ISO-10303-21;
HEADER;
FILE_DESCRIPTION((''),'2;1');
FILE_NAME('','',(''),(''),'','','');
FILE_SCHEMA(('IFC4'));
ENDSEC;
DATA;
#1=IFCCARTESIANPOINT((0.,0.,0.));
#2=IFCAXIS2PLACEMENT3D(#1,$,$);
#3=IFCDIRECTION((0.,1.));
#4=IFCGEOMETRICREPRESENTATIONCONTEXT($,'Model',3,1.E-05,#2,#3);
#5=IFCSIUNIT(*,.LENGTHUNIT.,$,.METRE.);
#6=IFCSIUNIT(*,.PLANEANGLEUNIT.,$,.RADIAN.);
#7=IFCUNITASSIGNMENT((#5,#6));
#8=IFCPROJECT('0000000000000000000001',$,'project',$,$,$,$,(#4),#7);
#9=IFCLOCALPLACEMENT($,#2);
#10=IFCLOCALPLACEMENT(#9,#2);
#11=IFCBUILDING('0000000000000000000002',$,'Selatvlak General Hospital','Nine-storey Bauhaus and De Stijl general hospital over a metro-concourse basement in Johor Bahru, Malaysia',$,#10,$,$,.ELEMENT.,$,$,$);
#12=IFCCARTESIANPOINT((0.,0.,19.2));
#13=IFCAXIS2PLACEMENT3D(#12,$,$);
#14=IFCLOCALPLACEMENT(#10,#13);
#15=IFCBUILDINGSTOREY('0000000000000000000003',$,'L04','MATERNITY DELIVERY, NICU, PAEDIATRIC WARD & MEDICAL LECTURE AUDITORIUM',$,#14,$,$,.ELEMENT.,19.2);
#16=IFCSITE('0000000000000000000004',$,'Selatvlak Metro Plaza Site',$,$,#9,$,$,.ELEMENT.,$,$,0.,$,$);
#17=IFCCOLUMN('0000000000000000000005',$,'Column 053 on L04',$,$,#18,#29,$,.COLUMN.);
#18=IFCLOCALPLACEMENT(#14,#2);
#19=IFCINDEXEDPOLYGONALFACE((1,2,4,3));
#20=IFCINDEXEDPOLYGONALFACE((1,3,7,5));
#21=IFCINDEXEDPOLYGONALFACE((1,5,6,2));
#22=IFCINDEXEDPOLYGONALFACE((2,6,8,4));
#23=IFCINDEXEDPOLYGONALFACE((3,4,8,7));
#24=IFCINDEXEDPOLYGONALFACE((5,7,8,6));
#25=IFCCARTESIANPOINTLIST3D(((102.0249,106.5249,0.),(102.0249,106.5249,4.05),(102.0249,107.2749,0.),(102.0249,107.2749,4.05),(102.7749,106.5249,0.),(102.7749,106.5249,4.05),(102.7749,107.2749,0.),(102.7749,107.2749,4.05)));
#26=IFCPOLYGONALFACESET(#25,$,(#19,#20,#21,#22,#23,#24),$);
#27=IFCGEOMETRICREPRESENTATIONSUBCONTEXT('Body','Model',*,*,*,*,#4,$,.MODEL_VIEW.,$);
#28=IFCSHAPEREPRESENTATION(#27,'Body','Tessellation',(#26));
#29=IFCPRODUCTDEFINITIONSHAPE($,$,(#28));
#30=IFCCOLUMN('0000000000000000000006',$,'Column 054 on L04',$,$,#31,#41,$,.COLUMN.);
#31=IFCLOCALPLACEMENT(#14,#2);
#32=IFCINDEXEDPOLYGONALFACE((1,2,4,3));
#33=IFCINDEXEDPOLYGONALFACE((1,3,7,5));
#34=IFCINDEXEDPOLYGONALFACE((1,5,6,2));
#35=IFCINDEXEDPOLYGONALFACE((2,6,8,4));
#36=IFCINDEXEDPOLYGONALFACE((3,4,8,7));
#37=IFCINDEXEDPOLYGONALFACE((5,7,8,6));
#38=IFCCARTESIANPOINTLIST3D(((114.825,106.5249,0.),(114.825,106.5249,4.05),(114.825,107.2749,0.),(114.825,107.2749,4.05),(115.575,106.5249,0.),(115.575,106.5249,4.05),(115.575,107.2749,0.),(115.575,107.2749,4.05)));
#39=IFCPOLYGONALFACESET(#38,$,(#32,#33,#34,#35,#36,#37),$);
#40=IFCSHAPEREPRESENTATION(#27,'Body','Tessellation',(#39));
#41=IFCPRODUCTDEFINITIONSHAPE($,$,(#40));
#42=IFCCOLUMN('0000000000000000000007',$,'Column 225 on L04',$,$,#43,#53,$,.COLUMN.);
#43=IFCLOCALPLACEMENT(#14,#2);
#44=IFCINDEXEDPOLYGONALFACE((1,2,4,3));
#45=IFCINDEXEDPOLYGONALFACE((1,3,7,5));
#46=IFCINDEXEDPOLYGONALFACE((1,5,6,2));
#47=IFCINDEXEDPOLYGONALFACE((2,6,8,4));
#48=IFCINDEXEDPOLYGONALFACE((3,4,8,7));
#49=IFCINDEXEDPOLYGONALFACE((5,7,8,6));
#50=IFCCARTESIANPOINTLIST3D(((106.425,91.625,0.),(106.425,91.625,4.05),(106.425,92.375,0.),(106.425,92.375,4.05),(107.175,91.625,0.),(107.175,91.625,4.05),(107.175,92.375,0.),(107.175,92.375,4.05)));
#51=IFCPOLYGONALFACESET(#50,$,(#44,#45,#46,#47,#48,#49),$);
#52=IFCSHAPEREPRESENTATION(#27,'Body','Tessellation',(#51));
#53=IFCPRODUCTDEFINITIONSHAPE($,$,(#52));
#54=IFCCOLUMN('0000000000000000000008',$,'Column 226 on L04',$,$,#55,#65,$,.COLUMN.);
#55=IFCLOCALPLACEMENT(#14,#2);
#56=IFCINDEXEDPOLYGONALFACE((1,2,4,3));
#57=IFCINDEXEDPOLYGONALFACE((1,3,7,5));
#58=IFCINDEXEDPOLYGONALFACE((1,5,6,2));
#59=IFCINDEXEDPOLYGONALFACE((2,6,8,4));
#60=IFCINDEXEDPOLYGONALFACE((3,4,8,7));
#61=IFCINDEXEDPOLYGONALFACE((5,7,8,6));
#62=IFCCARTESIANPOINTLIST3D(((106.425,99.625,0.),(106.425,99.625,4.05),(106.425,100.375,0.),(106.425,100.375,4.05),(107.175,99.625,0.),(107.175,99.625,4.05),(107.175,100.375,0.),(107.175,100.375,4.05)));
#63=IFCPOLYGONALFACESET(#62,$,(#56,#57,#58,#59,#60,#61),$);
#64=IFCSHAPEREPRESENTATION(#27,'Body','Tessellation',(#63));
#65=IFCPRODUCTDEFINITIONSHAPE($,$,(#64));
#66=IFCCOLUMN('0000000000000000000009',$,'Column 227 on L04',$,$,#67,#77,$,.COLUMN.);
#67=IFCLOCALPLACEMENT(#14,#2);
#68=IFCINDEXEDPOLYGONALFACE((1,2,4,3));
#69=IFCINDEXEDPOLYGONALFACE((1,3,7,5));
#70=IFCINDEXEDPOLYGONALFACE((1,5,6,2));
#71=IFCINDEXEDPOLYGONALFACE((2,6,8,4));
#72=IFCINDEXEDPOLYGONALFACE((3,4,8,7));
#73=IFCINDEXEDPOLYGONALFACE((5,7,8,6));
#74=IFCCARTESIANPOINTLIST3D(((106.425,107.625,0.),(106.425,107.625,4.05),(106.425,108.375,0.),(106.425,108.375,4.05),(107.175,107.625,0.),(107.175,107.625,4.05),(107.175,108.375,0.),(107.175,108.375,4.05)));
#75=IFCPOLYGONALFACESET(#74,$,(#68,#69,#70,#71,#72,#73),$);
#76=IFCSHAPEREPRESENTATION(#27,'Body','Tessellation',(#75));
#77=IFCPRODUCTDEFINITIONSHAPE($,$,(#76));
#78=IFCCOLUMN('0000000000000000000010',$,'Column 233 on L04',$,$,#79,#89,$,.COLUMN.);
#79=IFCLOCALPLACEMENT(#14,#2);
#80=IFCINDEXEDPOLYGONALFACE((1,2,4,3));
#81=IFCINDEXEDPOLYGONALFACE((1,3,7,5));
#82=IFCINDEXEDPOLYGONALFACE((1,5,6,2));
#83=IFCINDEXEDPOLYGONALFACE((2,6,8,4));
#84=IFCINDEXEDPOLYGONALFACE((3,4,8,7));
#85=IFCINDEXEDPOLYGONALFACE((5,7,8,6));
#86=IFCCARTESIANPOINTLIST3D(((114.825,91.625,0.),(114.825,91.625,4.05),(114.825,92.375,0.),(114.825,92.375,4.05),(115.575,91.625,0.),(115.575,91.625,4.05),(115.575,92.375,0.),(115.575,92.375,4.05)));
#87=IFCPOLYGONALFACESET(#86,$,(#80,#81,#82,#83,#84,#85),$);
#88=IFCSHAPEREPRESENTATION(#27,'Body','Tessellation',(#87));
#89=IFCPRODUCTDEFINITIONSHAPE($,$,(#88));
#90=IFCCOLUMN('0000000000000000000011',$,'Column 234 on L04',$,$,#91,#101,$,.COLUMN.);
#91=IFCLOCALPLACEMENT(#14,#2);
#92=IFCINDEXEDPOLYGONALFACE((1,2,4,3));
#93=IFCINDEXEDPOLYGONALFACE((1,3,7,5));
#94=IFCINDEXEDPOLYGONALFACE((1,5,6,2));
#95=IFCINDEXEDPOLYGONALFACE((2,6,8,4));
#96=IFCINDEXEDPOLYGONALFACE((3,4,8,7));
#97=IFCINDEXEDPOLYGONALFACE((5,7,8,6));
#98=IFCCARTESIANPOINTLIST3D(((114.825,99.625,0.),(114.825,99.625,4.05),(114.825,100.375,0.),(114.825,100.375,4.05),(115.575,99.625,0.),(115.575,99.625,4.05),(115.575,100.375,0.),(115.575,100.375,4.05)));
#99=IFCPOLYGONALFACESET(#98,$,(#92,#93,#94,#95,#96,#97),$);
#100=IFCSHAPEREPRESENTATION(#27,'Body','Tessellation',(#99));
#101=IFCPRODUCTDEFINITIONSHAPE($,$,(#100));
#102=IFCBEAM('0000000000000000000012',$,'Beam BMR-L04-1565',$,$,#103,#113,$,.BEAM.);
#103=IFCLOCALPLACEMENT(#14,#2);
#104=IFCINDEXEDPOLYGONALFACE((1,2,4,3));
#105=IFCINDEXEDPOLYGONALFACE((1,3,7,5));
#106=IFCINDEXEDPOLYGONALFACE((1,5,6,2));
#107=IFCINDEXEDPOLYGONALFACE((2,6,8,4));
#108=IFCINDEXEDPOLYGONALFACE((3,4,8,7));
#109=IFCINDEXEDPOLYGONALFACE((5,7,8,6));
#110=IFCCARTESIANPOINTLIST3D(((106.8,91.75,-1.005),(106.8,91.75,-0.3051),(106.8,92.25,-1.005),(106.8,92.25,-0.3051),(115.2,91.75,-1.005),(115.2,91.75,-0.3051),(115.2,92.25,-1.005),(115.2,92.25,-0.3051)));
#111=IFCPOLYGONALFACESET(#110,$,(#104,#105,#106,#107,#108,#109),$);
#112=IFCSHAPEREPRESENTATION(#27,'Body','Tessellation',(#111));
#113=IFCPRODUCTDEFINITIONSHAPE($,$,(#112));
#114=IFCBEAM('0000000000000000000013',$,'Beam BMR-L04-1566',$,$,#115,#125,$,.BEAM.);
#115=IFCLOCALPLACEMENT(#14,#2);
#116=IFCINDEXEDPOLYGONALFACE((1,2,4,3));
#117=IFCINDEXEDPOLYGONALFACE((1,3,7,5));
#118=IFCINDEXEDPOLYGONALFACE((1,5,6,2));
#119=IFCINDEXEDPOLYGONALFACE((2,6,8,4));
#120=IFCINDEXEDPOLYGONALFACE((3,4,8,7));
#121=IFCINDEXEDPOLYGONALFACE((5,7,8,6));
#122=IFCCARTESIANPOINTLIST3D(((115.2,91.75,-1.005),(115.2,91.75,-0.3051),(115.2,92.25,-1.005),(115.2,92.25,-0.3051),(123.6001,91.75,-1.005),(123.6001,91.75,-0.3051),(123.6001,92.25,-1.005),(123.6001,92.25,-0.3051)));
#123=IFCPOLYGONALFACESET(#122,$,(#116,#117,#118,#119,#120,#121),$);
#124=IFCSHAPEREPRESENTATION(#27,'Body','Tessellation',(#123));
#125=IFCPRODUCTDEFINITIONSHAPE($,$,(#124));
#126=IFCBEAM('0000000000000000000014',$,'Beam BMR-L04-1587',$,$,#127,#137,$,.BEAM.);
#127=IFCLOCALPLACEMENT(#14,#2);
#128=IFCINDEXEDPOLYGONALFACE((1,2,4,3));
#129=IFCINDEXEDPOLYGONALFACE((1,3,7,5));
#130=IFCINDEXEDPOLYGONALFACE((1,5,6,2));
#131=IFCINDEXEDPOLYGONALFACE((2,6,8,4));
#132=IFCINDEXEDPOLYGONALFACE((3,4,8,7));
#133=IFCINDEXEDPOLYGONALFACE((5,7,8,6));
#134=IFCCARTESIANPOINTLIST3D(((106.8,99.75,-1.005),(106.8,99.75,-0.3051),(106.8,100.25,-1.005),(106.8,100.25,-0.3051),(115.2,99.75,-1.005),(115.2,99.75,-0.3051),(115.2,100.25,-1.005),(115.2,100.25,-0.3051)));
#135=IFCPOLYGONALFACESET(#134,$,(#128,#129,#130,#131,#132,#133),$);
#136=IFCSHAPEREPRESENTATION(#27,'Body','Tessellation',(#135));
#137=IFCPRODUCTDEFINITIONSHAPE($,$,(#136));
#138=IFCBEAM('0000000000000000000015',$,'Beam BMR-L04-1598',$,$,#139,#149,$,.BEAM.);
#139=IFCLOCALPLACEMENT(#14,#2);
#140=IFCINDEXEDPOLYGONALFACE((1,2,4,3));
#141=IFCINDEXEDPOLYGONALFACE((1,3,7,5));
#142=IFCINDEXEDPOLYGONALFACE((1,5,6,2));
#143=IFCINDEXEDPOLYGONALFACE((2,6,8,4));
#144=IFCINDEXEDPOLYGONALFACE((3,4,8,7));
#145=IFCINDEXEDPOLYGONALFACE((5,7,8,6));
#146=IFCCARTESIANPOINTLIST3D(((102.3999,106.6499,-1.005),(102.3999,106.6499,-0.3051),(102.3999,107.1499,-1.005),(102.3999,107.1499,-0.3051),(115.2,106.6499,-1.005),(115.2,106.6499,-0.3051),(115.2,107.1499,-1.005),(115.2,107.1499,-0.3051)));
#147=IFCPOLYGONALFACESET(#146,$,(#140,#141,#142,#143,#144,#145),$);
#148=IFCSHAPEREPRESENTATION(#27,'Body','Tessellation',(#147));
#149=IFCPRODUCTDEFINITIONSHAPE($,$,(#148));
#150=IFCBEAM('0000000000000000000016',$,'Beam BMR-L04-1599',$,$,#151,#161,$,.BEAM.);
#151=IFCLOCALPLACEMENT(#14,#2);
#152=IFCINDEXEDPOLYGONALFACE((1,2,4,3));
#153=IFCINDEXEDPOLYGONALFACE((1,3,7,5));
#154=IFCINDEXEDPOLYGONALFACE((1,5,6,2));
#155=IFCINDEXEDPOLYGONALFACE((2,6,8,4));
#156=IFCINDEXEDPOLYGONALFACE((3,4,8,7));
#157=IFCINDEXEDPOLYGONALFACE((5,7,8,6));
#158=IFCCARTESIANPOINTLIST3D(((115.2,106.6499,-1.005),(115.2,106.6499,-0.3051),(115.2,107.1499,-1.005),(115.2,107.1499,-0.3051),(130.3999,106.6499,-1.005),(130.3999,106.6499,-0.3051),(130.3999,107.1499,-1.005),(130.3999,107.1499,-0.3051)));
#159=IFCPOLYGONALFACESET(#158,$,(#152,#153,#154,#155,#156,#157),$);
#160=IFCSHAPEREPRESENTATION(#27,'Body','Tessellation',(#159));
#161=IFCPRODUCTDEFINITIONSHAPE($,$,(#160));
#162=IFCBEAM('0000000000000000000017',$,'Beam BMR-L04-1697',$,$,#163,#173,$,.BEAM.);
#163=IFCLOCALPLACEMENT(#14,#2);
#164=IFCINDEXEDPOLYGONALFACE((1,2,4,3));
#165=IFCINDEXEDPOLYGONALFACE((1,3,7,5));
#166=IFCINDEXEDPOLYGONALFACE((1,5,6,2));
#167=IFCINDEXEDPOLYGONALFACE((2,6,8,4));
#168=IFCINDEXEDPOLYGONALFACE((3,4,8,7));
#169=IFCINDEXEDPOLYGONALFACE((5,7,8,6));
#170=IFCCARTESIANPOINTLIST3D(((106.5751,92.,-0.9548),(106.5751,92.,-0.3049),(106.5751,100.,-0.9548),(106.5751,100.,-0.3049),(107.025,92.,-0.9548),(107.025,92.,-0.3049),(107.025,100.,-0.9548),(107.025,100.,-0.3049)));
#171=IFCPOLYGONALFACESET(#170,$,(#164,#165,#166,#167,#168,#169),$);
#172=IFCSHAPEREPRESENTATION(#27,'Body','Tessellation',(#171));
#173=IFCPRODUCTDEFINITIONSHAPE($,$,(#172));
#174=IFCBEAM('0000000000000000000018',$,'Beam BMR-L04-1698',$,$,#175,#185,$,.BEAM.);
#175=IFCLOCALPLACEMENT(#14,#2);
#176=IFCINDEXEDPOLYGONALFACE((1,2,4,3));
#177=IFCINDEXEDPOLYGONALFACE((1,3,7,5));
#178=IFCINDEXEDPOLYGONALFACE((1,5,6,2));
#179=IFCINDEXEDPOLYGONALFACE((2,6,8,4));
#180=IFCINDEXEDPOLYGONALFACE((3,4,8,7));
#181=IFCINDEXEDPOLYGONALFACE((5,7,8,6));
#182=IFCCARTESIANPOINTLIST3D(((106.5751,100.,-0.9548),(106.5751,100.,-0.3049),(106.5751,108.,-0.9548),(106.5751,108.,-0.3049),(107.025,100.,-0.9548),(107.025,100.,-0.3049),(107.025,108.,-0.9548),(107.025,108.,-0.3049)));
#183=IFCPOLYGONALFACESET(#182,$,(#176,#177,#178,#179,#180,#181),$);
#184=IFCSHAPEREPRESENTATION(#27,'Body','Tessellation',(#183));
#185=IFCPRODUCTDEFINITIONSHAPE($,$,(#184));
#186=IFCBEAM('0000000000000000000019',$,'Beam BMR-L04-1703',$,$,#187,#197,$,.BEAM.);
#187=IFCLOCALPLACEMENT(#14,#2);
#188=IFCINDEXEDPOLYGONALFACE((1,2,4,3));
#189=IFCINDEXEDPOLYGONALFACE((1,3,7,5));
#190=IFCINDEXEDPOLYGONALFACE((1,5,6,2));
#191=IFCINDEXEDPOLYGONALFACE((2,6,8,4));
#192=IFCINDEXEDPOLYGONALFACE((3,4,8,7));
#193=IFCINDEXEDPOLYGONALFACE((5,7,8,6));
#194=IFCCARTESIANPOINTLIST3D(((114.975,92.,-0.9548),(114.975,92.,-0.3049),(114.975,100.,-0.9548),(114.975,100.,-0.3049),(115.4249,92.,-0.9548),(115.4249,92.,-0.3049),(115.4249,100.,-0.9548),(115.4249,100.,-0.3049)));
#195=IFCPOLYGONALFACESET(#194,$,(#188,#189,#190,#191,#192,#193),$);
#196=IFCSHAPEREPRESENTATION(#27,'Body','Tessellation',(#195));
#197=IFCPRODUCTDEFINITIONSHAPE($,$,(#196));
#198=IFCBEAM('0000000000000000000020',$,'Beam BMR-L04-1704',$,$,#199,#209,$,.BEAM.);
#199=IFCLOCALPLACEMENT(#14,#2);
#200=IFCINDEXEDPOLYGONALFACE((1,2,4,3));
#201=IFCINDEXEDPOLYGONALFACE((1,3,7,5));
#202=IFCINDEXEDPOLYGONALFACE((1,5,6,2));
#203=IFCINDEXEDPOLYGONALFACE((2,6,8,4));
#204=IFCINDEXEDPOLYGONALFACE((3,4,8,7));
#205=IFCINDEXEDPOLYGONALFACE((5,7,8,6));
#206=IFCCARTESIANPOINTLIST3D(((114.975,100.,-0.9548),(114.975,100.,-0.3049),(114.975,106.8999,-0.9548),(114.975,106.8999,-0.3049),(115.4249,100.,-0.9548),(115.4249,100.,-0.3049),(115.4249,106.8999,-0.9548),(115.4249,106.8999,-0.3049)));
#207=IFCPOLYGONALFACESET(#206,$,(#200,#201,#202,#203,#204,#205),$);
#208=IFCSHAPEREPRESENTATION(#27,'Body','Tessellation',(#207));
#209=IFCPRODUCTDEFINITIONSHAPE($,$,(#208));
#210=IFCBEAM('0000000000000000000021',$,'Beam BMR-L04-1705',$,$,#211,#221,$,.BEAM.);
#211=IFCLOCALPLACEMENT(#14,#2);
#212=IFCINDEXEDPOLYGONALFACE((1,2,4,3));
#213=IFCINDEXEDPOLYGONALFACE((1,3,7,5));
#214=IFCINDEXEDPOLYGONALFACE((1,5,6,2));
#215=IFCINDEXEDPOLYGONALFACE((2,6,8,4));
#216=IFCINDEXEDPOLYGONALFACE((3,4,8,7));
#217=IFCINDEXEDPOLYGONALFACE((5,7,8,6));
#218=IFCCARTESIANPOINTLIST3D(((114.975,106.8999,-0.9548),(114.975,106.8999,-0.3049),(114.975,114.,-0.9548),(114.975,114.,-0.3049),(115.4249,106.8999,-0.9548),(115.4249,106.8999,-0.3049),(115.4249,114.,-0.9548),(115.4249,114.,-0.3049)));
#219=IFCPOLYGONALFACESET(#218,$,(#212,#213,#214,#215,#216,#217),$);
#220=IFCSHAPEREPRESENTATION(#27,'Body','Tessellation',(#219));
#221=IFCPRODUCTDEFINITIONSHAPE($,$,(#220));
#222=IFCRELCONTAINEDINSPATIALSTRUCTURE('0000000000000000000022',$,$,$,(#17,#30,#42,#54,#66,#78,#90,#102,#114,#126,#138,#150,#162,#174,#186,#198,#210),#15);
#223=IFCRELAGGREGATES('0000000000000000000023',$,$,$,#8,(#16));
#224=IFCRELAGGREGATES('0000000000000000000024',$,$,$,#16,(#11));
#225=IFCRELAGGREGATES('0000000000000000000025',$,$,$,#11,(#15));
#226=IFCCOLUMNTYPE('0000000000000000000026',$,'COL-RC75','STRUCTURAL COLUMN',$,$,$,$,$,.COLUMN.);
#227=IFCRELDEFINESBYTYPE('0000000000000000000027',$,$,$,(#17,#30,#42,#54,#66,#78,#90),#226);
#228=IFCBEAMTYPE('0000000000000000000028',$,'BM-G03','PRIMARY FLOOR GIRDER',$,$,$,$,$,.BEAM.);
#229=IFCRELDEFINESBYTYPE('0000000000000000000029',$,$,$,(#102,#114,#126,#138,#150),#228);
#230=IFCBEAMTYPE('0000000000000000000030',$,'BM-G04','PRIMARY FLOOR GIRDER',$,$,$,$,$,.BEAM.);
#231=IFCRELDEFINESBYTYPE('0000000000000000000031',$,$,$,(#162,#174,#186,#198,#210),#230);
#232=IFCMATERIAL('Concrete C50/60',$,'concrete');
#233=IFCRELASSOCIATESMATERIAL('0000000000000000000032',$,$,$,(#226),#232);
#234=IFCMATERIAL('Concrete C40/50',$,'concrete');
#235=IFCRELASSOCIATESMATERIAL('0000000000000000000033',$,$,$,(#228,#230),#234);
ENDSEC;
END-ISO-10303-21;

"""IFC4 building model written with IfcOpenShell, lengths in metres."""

from ifc_helpers import new_model, si_unit, direction, frame, origin, origin_2d, place, context, subcontext, project, spatial, rectangle, extrude, material, material_profile, profile_set, type_object, element, save


model = new_model("IFC4")

# Units and contexts
model_context = context("Model", 3, precision=1e-05, world=origin(), true_north=direction((0.0, 1.0)))
body_context = subcontext(model_context, "Body", "Model", "MODEL_VIEW")
ifc_project = project(units=[si_unit("LENGTHUNIT", "METRE"), si_unit("PLANEANGLEUNIT", "RADIAN")], contexts=[model_context])

# Site, building, storey
site_placement = place(None, origin())
site = spatial("IfcSite", under=ifc_project, at=site_placement, Name="Selatvlak Metro Plaza Site", CompositionType="ELEMENT", RefElevation=0.0)
building_placement = place(site_placement, origin())
building = spatial("IfcBuilding", under=site, at=building_placement, Name="Selatvlak General Hospital", Description="Nine-storey Bauhaus and De Stijl general hospital over a metro-concourse basement in Johor Bahru, Malaysia", CompositionType="ELEMENT")
storey_placement = place(building_placement, frame((0.0, 0.0, 19.2)))
storey = spatial("IfcBuildingStorey", under=building, at=storey_placement, Name="L04", Description="MATERNITY DELIVERY, NICU, PAEDIATRIC WARD & MEDICAL LECTURE AUDITORIUM", CompositionType="ELEMENT", Elevation=19.2)

# Columns
ifc_material_1 = material(Name="Concrete C50/60", Category="concrete")
ifc_material_profile_1 = material_profile(ifc_material_1, rectangle(XDim=0.75, YDim=0.75, at=origin_2d()), Name="RC-COL 750x750")
ifc_profile_set_1 = profile_set([ifc_material_profile_1], Name="Concrete C50/60")
column_type = type_object("IfcColumnType", Name="COL-RC75", Description="STRUCTURAL COLUMN", PredefinedType="COLUMN", material=ifc_profile_set_1)
for number, where, z_axis, x_axis, name in (
    (1, (102.3999, 106.8999, 0.0), (0.0, 0.0, 1.0), (1.0, 0.0, 0.0), "Column 053 on L04"),
    (2, (115.2, 106.8999, 0.0), (0.0, 0.0, 1.0), (1.0, 0.0, 0.0), "Column 054 on L04"),
    (3, (106.8, 92.0, 0.0), (0.0, 0.0, 1.0), (1.0, 0.0, 0.0), "Column 225 on L04"),
    (4, (106.8, 100.0, 0.0), (0.0, 0.0, 1.0), (1.0, 0.0, 0.0), "Column 226 on L04"),
    (5, (106.8, 108.0, 0.0), (0.0, 0.0, 1.0), (1.0, 0.0, 0.0), "Column 227 on L04"),
    (6, (115.2, 92.0, 0.0), (0.0, 0.0, 1.0), (1.0, 0.0, 0.0), "Column 233 on L04"),
    (7, (115.2, 100.0, 0.0), (0.0, 0.0, 1.0), (1.0, 0.0, 0.0), "Column 234 on L04"),
):
    element("IfcColumn", number, at=place(storey_placement, frame(where, z_axis=z_axis, x_axis=x_axis)), inside=storey, type_object=column_type, Name=name, PredefinedType="COLUMN", context=body_context, shape_type="SweptSolid", body=[
        extrude(rectangle(XDim=0.75, YDim=0.75, at=origin_2d()), origin(), (0.0, 0.0, 1.0), 4.05),
    ])

# Beams
ifc_material_2 = material(Name="Concrete C40/50", Category="concrete")
ifc_material_profile_2 = material_profile(ifc_material_2, rectangle(XDim=0.5, YDim=0.7, at=origin_2d()), Name="RC-BM 500x700")
ifc_profile_set_2 = profile_set([ifc_material_profile_2], Name="Concrete C40/50")
beam_type_1 = type_object("IfcBeamType", Name="BM-G03", Description="PRIMARY FLOOR GIRDER", PredefinedType="BEAM", material=ifc_profile_set_2)
beam_1_placement = place(storey_placement, frame((106.8, 92.0, -0.655), z_axis=(1.0, 0.0, 0.0), x_axis=(0.0, 1.0, 0.0)))
element("IfcBeam", 8, at=beam_1_placement, inside=storey, type_object=beam_type_1, Name="Beam BMR-L04-1565", PredefinedType="BEAM", context=body_context, shape_type="SweptSolid", body=[
    extrude(rectangle(XDim=0.5, YDim=0.7, at=origin_2d()), origin(), (0.0, 0.0, 1.0), 8.3999),
])
beam_2_placement = place(storey_placement, frame((115.2, 92.0, -0.655), z_axis=(1.0, 0.0, 0.0), x_axis=(0.0, 1.0, 0.0)))
element("IfcBeam", 9, at=beam_2_placement, inside=storey, type_object=beam_type_1, Name="Beam BMR-L04-1566", PredefinedType="BEAM", context=body_context, shape_type="SweptSolid", body=[
    extrude(rectangle(XDim=0.5, YDim=0.7, at=origin_2d()), origin(), (0.0, 0.0, 1.0), 8.4001),
])
beam_3_placement = place(storey_placement, frame((106.8, 100.0, -0.655), z_axis=(1.0, 0.0, 0.0), x_axis=(0.0, 1.0, 0.0)))
element("IfcBeam", 10, at=beam_3_placement, inside=storey, type_object=beam_type_1, Name="Beam BMR-L04-1587", PredefinedType="BEAM", context=body_context, shape_type="SweptSolid", body=[
    extrude(rectangle(XDim=0.5, YDim=0.7, at=origin_2d()), origin(), (0.0, 0.0, 1.0), 8.3999),
])
beam_4_placement = place(storey_placement, frame((102.3999, 106.8999, -0.655), z_axis=(1.0, 0.0, 0.0), x_axis=(0.0, 1.0, 0.0)))
element("IfcBeam", 11, at=beam_4_placement, inside=storey, type_object=beam_type_1, Name="Beam BMR-L04-1598", PredefinedType="BEAM", context=body_context, shape_type="SweptSolid", body=[
    extrude(rectangle(XDim=0.5, YDim=0.7, at=origin_2d()), origin(), (0.0, 0.0, 1.0), 12.8),
])
beam_5_placement = place(storey_placement, frame((115.2, 106.8999, -0.655), z_axis=(1.0, 0.0, 0.0), x_axis=(0.0, 1.0, 0.0)))
element("IfcBeam", 12, at=beam_5_placement, inside=storey, type_object=beam_type_1, Name="Beam BMR-L04-1599", PredefinedType="BEAM", context=body_context, shape_type="SweptSolid", body=[
    extrude(rectangle(XDim=0.5, YDim=0.7, at=origin_2d()), origin(), (0.0, 0.0, 1.0), 15.2),
])
ifc_material_profile_3 = material_profile(ifc_material_2, rectangle(XDim=0.45, YDim=0.6499, at=origin_2d()), Name="RC-BM 450x650")
ifc_profile_set_3 = profile_set([ifc_material_profile_3], Name="Concrete C40/50")
beam_type_2 = type_object("IfcBeamType", Name="BM-G04", Description="PRIMARY FLOOR GIRDER", PredefinedType="BEAM", material=ifc_profile_set_3)
for number, where, z_axis, x_axis, name in (
    (13, (106.8, 92.0, -0.6299), (0.0, 1.0, 0.0), (-1.0, 0.0, 0.0), "Beam BMR-L04-1697"),
    (14, (106.8, 100.0, -0.6299), (0.0, 1.0, 0.0), (-1.0, 0.0, 0.0), "Beam BMR-L04-1698"),
    (15, (115.2, 92.0, -0.6299), (0.0, 1.0, 0.0), (-1.0, 0.0, 0.0), "Beam BMR-L04-1703"),
):
    element("IfcBeam", number, at=place(storey_placement, frame(where, z_axis=z_axis, x_axis=x_axis)), inside=storey, type_object=beam_type_2, Name=name, PredefinedType="BEAM", context=body_context, shape_type="SweptSolid", body=[
        extrude(rectangle(XDim=0.45, YDim=0.6499, at=origin_2d()), origin(), (0.0, 0.0, 1.0), 8.0),
    ])
beam_6_placement = place(storey_placement, frame((115.2, 100.0, -0.6299), z_axis=(0.0, 1.0, 0.0), x_axis=(-1.0, 0.0, 0.0)))
element("IfcBeam", 16, at=beam_6_placement, inside=storey, type_object=beam_type_2, Name="Beam BMR-L04-1704", PredefinedType="BEAM", context=body_context, shape_type="SweptSolid", body=[
    extrude(rectangle(XDim=0.45, YDim=0.6499, at=origin_2d()), origin(), (0.0, 0.0, 1.0), 6.8999),
])
beam_7_placement = place(storey_placement, frame((115.2, 106.8999, -0.6299), z_axis=(0.0, 1.0, 0.0), x_axis=(-1.0, 0.0, 0.0)))
element("IfcBeam", 17, at=beam_7_placement, inside=storey, type_object=beam_type_2, Name="Beam BMR-L04-1705", PredefinedType="BEAM", context=body_context, shape_type="SweptSolid", body=[
    extrude(rectangle(XDim=0.45, YDim=0.6499, at=origin_2d()), origin(), (0.0, 0.0, 1.0), 7.1001),
])

save(model, "model.ifc")
